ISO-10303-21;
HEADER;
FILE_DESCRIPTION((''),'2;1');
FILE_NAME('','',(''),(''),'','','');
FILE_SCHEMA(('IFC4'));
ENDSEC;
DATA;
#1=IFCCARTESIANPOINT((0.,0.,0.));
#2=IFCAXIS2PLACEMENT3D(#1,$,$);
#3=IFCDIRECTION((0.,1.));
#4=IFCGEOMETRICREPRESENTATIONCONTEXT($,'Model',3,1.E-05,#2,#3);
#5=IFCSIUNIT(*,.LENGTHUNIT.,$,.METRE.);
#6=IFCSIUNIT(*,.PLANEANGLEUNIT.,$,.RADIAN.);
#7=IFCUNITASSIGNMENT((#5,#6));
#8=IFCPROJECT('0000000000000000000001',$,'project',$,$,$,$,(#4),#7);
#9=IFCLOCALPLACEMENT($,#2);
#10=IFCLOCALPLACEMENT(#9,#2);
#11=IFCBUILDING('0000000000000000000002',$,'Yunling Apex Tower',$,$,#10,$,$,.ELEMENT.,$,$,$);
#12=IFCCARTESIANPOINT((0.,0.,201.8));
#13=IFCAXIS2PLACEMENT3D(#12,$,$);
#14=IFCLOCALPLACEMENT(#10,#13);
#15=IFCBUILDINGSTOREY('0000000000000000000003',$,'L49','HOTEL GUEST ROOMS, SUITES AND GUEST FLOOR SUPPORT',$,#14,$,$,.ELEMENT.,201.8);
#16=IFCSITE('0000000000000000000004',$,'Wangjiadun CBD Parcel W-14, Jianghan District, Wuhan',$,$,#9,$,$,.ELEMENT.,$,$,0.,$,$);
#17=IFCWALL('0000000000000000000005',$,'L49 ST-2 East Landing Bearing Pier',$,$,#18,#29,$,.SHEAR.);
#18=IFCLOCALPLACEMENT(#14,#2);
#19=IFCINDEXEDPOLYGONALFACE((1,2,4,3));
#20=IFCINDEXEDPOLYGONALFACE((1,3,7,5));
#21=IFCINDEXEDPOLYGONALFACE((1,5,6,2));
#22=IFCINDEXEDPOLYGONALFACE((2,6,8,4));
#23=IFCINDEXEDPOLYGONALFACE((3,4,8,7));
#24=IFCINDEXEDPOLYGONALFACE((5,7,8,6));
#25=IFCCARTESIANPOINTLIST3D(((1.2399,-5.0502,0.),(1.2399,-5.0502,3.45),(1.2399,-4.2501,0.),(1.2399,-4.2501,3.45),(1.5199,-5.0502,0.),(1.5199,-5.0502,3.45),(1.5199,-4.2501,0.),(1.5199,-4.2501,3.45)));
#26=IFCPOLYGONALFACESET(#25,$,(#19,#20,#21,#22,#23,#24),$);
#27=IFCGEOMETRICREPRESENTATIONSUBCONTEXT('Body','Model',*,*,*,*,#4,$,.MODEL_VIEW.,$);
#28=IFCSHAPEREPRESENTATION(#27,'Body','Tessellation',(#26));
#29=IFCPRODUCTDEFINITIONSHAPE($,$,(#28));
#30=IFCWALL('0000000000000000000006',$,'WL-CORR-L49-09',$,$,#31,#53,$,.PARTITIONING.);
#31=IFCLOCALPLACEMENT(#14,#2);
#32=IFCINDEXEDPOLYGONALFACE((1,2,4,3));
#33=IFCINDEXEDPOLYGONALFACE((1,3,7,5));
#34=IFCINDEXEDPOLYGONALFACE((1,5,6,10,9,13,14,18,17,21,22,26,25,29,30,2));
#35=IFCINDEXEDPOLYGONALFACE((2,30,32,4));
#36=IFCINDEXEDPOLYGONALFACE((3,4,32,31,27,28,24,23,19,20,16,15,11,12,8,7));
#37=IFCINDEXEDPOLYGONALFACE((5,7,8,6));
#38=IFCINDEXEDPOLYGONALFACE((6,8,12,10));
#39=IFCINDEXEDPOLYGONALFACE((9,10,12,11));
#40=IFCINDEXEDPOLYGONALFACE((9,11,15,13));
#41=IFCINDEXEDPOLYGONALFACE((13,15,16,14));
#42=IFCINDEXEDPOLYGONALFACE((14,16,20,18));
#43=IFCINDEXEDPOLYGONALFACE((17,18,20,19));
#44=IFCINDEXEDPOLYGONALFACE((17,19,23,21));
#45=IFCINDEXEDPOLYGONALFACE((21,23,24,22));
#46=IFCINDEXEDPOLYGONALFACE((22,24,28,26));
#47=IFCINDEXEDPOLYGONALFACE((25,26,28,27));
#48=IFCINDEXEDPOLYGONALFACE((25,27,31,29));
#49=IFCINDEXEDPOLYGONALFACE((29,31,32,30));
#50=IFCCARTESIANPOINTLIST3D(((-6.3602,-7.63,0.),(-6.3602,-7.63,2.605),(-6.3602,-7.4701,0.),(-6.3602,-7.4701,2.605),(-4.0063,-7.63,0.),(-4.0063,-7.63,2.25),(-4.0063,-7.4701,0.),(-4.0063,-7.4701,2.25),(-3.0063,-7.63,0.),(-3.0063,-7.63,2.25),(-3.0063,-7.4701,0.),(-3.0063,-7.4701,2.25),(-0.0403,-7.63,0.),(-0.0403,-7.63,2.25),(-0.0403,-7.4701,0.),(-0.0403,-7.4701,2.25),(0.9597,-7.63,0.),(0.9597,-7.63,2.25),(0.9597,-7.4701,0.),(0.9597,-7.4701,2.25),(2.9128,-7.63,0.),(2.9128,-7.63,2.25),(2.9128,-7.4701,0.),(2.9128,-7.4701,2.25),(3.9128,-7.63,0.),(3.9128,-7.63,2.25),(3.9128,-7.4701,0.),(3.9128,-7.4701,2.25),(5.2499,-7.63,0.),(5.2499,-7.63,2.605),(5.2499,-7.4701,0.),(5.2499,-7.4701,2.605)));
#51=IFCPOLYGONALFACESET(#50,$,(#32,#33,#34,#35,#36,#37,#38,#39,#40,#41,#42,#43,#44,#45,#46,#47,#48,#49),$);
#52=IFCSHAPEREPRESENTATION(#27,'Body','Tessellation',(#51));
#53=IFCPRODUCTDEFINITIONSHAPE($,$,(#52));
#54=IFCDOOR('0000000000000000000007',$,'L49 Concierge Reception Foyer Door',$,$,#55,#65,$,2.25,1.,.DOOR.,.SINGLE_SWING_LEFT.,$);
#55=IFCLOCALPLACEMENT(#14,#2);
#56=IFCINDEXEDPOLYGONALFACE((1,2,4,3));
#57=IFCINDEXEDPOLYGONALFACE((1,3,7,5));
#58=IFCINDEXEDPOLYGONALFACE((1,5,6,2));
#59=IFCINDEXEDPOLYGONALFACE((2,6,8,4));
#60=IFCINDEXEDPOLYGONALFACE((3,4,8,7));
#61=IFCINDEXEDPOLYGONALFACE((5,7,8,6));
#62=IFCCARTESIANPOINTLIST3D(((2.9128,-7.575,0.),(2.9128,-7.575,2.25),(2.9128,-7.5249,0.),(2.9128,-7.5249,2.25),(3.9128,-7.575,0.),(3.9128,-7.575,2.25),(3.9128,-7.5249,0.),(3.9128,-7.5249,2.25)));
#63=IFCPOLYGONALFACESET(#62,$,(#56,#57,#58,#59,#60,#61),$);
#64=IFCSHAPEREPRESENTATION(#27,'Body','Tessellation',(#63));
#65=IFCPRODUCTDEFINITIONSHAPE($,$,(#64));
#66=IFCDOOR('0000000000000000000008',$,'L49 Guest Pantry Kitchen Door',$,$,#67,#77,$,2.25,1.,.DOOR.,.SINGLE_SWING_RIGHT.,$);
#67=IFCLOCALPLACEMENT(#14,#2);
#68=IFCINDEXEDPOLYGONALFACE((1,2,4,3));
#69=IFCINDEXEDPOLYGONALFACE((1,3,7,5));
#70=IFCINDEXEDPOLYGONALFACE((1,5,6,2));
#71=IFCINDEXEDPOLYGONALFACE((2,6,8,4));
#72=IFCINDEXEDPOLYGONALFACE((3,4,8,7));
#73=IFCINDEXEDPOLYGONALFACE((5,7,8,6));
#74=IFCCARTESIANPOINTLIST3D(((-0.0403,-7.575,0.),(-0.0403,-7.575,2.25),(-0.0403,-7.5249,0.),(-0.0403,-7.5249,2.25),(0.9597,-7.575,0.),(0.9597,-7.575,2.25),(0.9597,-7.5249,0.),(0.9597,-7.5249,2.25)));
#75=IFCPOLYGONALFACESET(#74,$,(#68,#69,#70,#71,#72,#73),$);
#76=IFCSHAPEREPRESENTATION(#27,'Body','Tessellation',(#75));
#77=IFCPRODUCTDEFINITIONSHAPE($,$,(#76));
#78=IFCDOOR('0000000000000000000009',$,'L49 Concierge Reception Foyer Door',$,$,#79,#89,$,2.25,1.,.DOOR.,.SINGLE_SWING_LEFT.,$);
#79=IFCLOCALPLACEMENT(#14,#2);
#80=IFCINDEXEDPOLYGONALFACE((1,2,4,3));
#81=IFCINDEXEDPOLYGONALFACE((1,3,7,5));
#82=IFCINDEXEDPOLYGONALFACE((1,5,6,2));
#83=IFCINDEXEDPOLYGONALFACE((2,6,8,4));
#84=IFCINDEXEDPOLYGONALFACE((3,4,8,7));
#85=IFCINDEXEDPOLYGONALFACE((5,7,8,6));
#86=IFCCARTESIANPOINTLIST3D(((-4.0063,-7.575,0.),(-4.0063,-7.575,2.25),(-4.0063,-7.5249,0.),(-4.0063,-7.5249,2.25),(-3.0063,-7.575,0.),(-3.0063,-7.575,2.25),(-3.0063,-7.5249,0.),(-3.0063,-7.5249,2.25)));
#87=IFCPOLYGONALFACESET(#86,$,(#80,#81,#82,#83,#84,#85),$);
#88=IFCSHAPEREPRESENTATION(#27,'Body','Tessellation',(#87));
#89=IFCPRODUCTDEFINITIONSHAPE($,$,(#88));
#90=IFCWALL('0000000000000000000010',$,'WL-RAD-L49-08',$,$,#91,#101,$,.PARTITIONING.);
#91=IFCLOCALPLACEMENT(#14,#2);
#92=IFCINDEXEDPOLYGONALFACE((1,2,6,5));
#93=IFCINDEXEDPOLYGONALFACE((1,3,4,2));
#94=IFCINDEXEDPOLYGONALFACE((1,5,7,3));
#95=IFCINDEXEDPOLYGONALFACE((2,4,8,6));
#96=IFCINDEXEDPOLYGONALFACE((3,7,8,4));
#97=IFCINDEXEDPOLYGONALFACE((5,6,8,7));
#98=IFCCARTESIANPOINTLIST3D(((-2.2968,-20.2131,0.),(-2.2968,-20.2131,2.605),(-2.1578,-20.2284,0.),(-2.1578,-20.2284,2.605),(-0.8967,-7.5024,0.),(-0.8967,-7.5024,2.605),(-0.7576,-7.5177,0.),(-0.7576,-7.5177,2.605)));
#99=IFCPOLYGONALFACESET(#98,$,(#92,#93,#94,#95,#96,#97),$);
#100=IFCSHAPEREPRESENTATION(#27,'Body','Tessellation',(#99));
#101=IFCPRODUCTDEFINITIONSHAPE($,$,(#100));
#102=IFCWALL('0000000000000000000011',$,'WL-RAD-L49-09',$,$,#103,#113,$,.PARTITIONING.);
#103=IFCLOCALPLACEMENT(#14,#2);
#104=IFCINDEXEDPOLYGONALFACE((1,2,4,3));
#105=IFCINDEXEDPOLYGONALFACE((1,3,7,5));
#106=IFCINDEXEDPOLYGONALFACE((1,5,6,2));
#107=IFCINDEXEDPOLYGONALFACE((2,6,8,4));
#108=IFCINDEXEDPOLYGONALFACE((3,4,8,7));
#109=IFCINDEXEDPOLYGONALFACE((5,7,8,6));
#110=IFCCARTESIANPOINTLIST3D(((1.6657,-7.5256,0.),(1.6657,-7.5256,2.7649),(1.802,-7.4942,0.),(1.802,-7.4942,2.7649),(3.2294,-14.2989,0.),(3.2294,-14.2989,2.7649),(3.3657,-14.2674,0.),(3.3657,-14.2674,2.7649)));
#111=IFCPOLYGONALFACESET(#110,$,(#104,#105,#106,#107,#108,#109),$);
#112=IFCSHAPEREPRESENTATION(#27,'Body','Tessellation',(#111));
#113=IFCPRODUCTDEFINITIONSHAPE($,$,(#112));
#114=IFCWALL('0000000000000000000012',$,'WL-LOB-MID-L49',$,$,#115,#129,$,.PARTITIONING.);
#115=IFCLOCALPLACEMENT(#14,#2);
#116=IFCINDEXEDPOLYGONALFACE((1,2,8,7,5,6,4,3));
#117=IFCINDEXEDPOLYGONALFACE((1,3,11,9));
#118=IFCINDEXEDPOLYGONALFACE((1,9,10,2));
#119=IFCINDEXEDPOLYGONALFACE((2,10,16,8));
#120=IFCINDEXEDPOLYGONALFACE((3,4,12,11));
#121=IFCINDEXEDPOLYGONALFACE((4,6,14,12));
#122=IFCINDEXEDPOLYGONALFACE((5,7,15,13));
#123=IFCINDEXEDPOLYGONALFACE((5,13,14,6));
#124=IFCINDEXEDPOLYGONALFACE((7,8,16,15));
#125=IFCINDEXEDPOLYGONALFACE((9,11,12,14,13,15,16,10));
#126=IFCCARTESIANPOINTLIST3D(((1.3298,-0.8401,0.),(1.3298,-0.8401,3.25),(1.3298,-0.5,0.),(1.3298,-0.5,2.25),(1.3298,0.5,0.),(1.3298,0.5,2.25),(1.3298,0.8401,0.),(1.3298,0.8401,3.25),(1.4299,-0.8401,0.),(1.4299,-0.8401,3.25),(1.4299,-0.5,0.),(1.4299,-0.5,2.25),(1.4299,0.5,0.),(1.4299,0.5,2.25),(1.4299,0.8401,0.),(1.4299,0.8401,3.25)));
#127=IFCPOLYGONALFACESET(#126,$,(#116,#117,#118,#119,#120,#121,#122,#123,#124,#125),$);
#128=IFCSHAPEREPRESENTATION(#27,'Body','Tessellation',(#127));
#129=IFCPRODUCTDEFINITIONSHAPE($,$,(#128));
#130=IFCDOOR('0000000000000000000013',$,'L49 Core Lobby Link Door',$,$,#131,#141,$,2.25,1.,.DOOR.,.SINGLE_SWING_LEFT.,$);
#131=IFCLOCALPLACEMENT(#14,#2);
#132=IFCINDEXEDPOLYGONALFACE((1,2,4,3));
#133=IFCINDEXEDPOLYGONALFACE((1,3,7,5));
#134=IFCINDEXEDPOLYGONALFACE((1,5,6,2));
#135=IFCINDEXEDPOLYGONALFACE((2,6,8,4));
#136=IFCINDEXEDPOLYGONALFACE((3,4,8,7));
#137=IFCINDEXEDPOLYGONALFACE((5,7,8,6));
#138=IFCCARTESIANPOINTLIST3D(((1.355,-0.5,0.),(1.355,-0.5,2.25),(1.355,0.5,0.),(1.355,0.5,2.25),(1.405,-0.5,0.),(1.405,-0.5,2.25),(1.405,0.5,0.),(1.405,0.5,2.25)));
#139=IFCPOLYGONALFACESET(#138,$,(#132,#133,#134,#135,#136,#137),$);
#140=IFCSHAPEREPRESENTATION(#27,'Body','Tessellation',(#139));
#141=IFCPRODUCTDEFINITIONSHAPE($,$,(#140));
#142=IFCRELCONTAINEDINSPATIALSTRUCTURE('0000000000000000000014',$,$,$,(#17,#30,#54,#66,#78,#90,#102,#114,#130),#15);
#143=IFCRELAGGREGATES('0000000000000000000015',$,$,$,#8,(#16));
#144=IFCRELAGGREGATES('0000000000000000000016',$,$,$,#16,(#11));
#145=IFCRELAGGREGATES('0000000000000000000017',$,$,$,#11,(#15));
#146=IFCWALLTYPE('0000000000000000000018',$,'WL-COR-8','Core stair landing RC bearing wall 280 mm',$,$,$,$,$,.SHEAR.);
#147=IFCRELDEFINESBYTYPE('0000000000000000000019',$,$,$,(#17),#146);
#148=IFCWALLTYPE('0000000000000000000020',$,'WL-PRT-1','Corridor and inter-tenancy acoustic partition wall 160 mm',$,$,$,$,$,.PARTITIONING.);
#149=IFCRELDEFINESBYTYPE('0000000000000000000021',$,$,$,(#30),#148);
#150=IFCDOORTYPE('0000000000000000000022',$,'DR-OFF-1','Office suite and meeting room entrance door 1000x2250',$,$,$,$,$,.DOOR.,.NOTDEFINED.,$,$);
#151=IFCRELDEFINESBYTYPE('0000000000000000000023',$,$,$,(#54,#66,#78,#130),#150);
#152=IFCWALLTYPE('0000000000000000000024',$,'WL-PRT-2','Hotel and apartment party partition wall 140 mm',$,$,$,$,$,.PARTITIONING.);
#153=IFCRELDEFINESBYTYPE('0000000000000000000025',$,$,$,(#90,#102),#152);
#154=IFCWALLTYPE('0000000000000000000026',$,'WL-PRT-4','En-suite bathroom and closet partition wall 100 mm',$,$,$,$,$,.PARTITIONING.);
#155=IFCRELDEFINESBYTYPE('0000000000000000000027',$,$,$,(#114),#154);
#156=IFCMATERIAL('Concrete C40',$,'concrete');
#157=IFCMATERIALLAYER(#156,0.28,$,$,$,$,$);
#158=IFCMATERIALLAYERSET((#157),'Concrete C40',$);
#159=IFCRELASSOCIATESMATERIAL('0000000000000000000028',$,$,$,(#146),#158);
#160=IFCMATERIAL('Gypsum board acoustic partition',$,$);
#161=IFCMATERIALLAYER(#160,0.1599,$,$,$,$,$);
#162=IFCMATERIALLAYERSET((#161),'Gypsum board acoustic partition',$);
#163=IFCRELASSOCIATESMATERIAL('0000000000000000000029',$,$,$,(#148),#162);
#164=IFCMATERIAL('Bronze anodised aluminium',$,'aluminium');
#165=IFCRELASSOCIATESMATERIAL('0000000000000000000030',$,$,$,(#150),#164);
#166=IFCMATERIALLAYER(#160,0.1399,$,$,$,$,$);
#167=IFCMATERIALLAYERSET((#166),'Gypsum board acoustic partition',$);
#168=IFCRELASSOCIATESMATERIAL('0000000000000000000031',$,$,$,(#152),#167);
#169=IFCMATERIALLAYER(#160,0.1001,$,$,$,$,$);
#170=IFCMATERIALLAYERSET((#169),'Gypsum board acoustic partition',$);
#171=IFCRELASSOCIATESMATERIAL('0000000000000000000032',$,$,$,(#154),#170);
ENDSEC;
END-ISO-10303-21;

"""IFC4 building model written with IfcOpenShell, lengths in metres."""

from ifc_helpers import new_model, si_unit, direction, frame, frame_2d, origin, place, context, subcontext, project, spatial, rectangle, extrude, material, layer, layer_set, type_object, element, fill, save


model = new_model("IFC4")

# Units and contexts
model_context = context("Model", 3, precision=1e-05, world=origin(), true_north=direction((0.0, 1.0)))
body_context = subcontext(model_context, "Body", "Model", "MODEL_VIEW")
ifc_project = project(units=[si_unit("LENGTHUNIT", "METRE"), si_unit("PLANEANGLEUNIT", "RADIAN")], contexts=[model_context])

# Site, building, storey
site_placement = place(None, origin())
site = spatial("IfcSite", under=ifc_project, at=site_placement, Name="Wangjiadun CBD Parcel W-14, Jianghan District, Wuhan", CompositionType="ELEMENT", RefElevation=0.0)
building_placement = place(site_placement, origin())
building = spatial("IfcBuilding", under=site, at=building_placement, Name="Yunling Apex Tower", CompositionType="ELEMENT")
storey_placement = place(building_placement, frame((0.0, 0.0, 201.8)))
storey = spatial("IfcBuildingStorey", under=building, at=storey_placement, Name="L49", Description="HOTEL GUEST ROOMS, SUITES AND GUEST FLOOR SUPPORT", CompositionType="ELEMENT", Elevation=201.8)

# Wall
ifc_material_1 = material(Name="Concrete C40", Category="concrete")
ifc_layer_1 = layer(ifc_material_1, 0.28)
ifc_layer_set_1 = layer_set([ifc_layer_1], Name="Concrete C40")
wall_type_1 = type_object("IfcWallType", Name="WL-COR-8", Description="Core stair landing RC bearing wall 280 mm", PredefinedType="SHEAR", material=ifc_layer_set_1)
wall_1_placement = place(storey_placement, frame((1.3799, -5.05, 0.0), z_axis=(0.0, 0.0, 1.0), x_axis=(0.0, 1.0, 0.0)))
element("IfcWall", 1, at=wall_1_placement, inside=storey, type_object=wall_type_1, Name="L49 ST-2 East Landing Bearing Pier", PredefinedType="SHEAR", context=body_context, shape_type="SweptSolid", body=[
    extrude(rectangle(XDim=0.8, YDim=0.28, at=frame_2d((0.3999, 0.0))), origin(), (0.0, 0.0, 1.0), 3.45),
])

# Wall, openings, doors
ifc_material_2 = material(Name="Gypsum board acoustic partition")
ifc_layer_2 = layer(ifc_material_2, 0.1599)
ifc_layer_set_2 = layer_set([ifc_layer_2], Name="Gypsum board acoustic partition")
wall_type_2 = type_object("IfcWallType", Name="WL-PRT-1", Description="Corridor and inter-tenancy acoustic partition wall 160 mm", PredefinedType="PARTITIONING", material=ifc_layer_set_2)
wall_2_placement = place(storey_placement, frame((5.25, -7.55, 0.0), z_axis=(0.0, 0.0, 1.0), x_axis=(-1.0, 0.0, 0.0)))
wall_2 = element("IfcWall", 2, at=wall_2_placement, inside=storey, type_object=wall_type_2, Name="WL-CORR-L49-09", PredefinedType="PARTITIONING", context=body_context, shape_type="SweptSolid", body=[
    extrude(rectangle(XDim=11.6101, YDim=0.1599, at=frame_2d((5.8052, 0.0))), origin(), (0.0, 0.0, 1.0), 2.605),
])
opening_1_placement = place(wall_2_placement, frame((1.3372, 0.0, 0.0)))
opening_1 = element("IfcOpeningElement", 3, at=opening_1_placement, cuts=wall_2, PredefinedType="OPENING", context=body_context, shape_type="SweptSolid", body=[
    extrude(rectangle(XDim=1.0, YDim=2.25, at=frame_2d((0.5, 1.125))), frame((0.0, 0.0898, 0.0), z_axis=(0.0, -1.0, 0.0), x_axis=(1.0, 0.0, 0.0)), (0.0, 0.0, 1.0), 0.1799),
])
opening_2_placement = place(wall_2_placement, frame((4.2903, 0.0, 0.0)))
opening_2 = element("IfcOpeningElement", 4, at=opening_2_placement, cuts=wall_2, PredefinedType="OPENING", context=body_context, shape_type="SweptSolid", body=[
    extrude(rectangle(XDim=1.0, YDim=2.25, at=frame_2d((0.5, 1.125))), frame((0.0, 0.0898, 0.0), z_axis=(0.0, -1.0, 0.0), x_axis=(1.0, 0.0, 0.0)), (0.0, 0.0, 1.0), 0.1799),
])
opening_3_placement = place(wall_2_placement, frame((8.2563, 0.0, 0.0)))
opening_3 = element("IfcOpeningElement", 5, at=opening_3_placement, cuts=wall_2, PredefinedType="OPENING", context=body_context, shape_type="SweptSolid", body=[
    extrude(rectangle(XDim=1.0, YDim=2.25, at=frame_2d((0.5, 1.125))), frame((0.0, 0.0898, 0.0), z_axis=(0.0, -1.0, 0.0), x_axis=(1.0, 0.0, 0.0)), (0.0, 0.0, 1.0), 0.1799),
])
ifc_material_3 = material(Name="Bronze anodised aluminium", Category="aluminium")
door_type_1 = type_object("IfcDoorType", Name="DR-OFF-1", Description="Office suite and meeting room entrance door 1000x2250", OperationType="NOTDEFINED", PredefinedType="DOOR", material=ifc_material_3)
door_1_placement = place(opening_1_placement, origin())
door_1 = element("IfcDoor", 6, at=door_1_placement, inside=storey, type_object=door_type_1, Name="L49 Concierge Reception Foyer Door", OperationType="SINGLE_SWING_LEFT", OverallHeight=2.25, OverallWidth=1.0, PredefinedType="DOOR", context=body_context, shape_type="SweptSolid", body=[
    extrude(rectangle(XDim=1.0, YDim=2.25, at=frame_2d((0.5, 1.125))), frame((0.0, 0.0249, 0.0), z_axis=(0.0, -1.0, 0.0), x_axis=(1.0, 0.0, 0.0)), (0.0, 0.0, 1.0), 0.05),
])
fill(opening_1, door_1)
door_2_placement = place(opening_2_placement, origin())
door_2 = element("IfcDoor", 7, at=door_2_placement, inside=storey, type_object=door_type_1, Name="L49 Guest Pantry Kitchen Door", OperationType="SINGLE_SWING_RIGHT", OverallHeight=2.25, OverallWidth=1.0, PredefinedType="DOOR", context=body_context, shape_type="SweptSolid", body=[
    extrude(rectangle(XDim=1.0, YDim=2.25, at=frame_2d((0.5, 1.125))), frame((0.0, 0.0249, 0.0), z_axis=(0.0, -1.0, 0.0), x_axis=(1.0, 0.0, 0.0)), (0.0, 0.0, 1.0), 0.05),
])
fill(opening_2, door_2)
door_3_placement = place(opening_3_placement, origin())
door_3 = element("IfcDoor", 8, at=door_3_placement, inside=storey, type_object=door_type_1, Name="L49 Concierge Reception Foyer Door", OperationType="SINGLE_SWING_LEFT", OverallHeight=2.25, OverallWidth=1.0, PredefinedType="DOOR", context=body_context, shape_type="SweptSolid", body=[
    extrude(rectangle(XDim=1.0, YDim=2.25, at=frame_2d((0.5, 1.125))), frame((0.0, 0.0249, 0.0), z_axis=(0.0, -1.0, 0.0), x_axis=(1.0, 0.0, 0.0)), (0.0, 0.0, 1.0), 0.05),
])
fill(opening_3, door_3)

# Walls
ifc_layer_3 = layer(ifc_material_2, 0.1399)
ifc_layer_set_3 = layer_set([ifc_layer_3], Name="Gypsum board acoustic partition")
wall_type_3 = type_object("IfcWallType", Name="WL-PRT-2", Description="Hotel and apartment party partition wall 140 mm", PredefinedType="PARTITIONING", material=ifc_layer_set_3)
wall_3_placement = place(storey_placement, frame((-0.8271, -7.51, 0.0), z_axis=(0.0, 0.0, 1.0), x_axis=(-0.109493, -0.993988, 0.0)))
element("IfcWall", 9, at=wall_3_placement, inside=storey, type_object=wall_type_3, Name="WL-RAD-L49-08", PredefinedType="PARTITIONING", context=body_context, shape_type="SweptSolid", body=[
    extrude(rectangle(XDim=12.7876, YDim=0.1399, at=frame_2d((6.3938, 0.0))), origin(), (0.0, 0.0, 1.0), 2.605),
])
wall_4_placement = place(storey_placement, frame((1.7339, -7.51, 0.0), z_axis=(0.0, 0.0, 1.0), x_axis=(0.224952, -0.97437, 0.0)))
element("IfcWall", 10, at=wall_4_placement, inside=storey, type_object=wall_type_3, Name="WL-RAD-L49-09", PredefinedType="PARTITIONING", context=body_context, shape_type="SweptSolid", body=[
    extrude(rectangle(XDim=6.9514, YDim=0.1399, at=frame_2d((3.4756, 0.0))), origin(), (0.0, 0.0, 1.0), 2.7649),
])

# Wall, opening, door
ifc_layer_4 = layer(ifc_material_2, 0.1001)
ifc_layer_set_4 = layer_set([ifc_layer_4], Name="Gypsum board acoustic partition")
wall_type_4 = type_object("IfcWallType", Name="WL-PRT-4", Description="En-suite bathroom and closet partition wall 100 mm", PredefinedType="PARTITIONING", material=ifc_layer_set_4)
wall_5_placement = place(storey_placement, frame((1.3799, -0.8401, 0.0), z_axis=(0.0, 0.0, 1.0), x_axis=(0.0, 1.0, 0.0)))
wall_5 = element("IfcWall", 11, at=wall_5_placement, inside=storey, type_object=wall_type_4, Name="WL-LOB-MID-L49", PredefinedType="PARTITIONING", context=body_context, shape_type="SweptSolid", body=[
    extrude(rectangle(XDim=1.6802, YDim=0.1001, at=frame_2d((0.8401, 0.0))), origin(), (0.0, 0.0, 1.0), 3.25),
])
opening_4_placement = place(wall_5_placement, frame((0.3401, 0.0, 0.0)))
opening_4 = element("IfcOpeningElement", 12, at=opening_4_placement, cuts=wall_5, PredefinedType="OPENING", context=body_context, shape_type="SweptSolid", body=[
    extrude(rectangle(XDim=1.0, YDim=2.25, at=frame_2d((0.5, 1.125))), frame((0.0, 0.0601, 0.0), z_axis=(0.0, -1.0, 0.0), x_axis=(1.0, 0.0, 0.0)), (0.0, 0.0, 1.0), 0.1201),
])
door_4_placement = place(opening_4_placement, origin())
door_4 = element("IfcDoor", 13, at=door_4_placement, inside=storey, type_object=door_type_1, Name="L49 Core Lobby Link Door", OperationType="SINGLE_SWING_LEFT", OverallHeight=2.25, OverallWidth=1.0, PredefinedType="DOOR", context=body_context, shape_type="SweptSolid", body=[
    extrude(rectangle(XDim=1.0, YDim=2.25, at=frame_2d((0.5, 1.125))), frame((0.0, 0.0249, 0.0), z_axis=(0.0, -1.0, 0.0), x_axis=(1.0, 0.0, 0.0)), (0.0, 0.0, 1.0), 0.05),
])
fill(opening_4, door_4)

save(model, "model.ifc")
